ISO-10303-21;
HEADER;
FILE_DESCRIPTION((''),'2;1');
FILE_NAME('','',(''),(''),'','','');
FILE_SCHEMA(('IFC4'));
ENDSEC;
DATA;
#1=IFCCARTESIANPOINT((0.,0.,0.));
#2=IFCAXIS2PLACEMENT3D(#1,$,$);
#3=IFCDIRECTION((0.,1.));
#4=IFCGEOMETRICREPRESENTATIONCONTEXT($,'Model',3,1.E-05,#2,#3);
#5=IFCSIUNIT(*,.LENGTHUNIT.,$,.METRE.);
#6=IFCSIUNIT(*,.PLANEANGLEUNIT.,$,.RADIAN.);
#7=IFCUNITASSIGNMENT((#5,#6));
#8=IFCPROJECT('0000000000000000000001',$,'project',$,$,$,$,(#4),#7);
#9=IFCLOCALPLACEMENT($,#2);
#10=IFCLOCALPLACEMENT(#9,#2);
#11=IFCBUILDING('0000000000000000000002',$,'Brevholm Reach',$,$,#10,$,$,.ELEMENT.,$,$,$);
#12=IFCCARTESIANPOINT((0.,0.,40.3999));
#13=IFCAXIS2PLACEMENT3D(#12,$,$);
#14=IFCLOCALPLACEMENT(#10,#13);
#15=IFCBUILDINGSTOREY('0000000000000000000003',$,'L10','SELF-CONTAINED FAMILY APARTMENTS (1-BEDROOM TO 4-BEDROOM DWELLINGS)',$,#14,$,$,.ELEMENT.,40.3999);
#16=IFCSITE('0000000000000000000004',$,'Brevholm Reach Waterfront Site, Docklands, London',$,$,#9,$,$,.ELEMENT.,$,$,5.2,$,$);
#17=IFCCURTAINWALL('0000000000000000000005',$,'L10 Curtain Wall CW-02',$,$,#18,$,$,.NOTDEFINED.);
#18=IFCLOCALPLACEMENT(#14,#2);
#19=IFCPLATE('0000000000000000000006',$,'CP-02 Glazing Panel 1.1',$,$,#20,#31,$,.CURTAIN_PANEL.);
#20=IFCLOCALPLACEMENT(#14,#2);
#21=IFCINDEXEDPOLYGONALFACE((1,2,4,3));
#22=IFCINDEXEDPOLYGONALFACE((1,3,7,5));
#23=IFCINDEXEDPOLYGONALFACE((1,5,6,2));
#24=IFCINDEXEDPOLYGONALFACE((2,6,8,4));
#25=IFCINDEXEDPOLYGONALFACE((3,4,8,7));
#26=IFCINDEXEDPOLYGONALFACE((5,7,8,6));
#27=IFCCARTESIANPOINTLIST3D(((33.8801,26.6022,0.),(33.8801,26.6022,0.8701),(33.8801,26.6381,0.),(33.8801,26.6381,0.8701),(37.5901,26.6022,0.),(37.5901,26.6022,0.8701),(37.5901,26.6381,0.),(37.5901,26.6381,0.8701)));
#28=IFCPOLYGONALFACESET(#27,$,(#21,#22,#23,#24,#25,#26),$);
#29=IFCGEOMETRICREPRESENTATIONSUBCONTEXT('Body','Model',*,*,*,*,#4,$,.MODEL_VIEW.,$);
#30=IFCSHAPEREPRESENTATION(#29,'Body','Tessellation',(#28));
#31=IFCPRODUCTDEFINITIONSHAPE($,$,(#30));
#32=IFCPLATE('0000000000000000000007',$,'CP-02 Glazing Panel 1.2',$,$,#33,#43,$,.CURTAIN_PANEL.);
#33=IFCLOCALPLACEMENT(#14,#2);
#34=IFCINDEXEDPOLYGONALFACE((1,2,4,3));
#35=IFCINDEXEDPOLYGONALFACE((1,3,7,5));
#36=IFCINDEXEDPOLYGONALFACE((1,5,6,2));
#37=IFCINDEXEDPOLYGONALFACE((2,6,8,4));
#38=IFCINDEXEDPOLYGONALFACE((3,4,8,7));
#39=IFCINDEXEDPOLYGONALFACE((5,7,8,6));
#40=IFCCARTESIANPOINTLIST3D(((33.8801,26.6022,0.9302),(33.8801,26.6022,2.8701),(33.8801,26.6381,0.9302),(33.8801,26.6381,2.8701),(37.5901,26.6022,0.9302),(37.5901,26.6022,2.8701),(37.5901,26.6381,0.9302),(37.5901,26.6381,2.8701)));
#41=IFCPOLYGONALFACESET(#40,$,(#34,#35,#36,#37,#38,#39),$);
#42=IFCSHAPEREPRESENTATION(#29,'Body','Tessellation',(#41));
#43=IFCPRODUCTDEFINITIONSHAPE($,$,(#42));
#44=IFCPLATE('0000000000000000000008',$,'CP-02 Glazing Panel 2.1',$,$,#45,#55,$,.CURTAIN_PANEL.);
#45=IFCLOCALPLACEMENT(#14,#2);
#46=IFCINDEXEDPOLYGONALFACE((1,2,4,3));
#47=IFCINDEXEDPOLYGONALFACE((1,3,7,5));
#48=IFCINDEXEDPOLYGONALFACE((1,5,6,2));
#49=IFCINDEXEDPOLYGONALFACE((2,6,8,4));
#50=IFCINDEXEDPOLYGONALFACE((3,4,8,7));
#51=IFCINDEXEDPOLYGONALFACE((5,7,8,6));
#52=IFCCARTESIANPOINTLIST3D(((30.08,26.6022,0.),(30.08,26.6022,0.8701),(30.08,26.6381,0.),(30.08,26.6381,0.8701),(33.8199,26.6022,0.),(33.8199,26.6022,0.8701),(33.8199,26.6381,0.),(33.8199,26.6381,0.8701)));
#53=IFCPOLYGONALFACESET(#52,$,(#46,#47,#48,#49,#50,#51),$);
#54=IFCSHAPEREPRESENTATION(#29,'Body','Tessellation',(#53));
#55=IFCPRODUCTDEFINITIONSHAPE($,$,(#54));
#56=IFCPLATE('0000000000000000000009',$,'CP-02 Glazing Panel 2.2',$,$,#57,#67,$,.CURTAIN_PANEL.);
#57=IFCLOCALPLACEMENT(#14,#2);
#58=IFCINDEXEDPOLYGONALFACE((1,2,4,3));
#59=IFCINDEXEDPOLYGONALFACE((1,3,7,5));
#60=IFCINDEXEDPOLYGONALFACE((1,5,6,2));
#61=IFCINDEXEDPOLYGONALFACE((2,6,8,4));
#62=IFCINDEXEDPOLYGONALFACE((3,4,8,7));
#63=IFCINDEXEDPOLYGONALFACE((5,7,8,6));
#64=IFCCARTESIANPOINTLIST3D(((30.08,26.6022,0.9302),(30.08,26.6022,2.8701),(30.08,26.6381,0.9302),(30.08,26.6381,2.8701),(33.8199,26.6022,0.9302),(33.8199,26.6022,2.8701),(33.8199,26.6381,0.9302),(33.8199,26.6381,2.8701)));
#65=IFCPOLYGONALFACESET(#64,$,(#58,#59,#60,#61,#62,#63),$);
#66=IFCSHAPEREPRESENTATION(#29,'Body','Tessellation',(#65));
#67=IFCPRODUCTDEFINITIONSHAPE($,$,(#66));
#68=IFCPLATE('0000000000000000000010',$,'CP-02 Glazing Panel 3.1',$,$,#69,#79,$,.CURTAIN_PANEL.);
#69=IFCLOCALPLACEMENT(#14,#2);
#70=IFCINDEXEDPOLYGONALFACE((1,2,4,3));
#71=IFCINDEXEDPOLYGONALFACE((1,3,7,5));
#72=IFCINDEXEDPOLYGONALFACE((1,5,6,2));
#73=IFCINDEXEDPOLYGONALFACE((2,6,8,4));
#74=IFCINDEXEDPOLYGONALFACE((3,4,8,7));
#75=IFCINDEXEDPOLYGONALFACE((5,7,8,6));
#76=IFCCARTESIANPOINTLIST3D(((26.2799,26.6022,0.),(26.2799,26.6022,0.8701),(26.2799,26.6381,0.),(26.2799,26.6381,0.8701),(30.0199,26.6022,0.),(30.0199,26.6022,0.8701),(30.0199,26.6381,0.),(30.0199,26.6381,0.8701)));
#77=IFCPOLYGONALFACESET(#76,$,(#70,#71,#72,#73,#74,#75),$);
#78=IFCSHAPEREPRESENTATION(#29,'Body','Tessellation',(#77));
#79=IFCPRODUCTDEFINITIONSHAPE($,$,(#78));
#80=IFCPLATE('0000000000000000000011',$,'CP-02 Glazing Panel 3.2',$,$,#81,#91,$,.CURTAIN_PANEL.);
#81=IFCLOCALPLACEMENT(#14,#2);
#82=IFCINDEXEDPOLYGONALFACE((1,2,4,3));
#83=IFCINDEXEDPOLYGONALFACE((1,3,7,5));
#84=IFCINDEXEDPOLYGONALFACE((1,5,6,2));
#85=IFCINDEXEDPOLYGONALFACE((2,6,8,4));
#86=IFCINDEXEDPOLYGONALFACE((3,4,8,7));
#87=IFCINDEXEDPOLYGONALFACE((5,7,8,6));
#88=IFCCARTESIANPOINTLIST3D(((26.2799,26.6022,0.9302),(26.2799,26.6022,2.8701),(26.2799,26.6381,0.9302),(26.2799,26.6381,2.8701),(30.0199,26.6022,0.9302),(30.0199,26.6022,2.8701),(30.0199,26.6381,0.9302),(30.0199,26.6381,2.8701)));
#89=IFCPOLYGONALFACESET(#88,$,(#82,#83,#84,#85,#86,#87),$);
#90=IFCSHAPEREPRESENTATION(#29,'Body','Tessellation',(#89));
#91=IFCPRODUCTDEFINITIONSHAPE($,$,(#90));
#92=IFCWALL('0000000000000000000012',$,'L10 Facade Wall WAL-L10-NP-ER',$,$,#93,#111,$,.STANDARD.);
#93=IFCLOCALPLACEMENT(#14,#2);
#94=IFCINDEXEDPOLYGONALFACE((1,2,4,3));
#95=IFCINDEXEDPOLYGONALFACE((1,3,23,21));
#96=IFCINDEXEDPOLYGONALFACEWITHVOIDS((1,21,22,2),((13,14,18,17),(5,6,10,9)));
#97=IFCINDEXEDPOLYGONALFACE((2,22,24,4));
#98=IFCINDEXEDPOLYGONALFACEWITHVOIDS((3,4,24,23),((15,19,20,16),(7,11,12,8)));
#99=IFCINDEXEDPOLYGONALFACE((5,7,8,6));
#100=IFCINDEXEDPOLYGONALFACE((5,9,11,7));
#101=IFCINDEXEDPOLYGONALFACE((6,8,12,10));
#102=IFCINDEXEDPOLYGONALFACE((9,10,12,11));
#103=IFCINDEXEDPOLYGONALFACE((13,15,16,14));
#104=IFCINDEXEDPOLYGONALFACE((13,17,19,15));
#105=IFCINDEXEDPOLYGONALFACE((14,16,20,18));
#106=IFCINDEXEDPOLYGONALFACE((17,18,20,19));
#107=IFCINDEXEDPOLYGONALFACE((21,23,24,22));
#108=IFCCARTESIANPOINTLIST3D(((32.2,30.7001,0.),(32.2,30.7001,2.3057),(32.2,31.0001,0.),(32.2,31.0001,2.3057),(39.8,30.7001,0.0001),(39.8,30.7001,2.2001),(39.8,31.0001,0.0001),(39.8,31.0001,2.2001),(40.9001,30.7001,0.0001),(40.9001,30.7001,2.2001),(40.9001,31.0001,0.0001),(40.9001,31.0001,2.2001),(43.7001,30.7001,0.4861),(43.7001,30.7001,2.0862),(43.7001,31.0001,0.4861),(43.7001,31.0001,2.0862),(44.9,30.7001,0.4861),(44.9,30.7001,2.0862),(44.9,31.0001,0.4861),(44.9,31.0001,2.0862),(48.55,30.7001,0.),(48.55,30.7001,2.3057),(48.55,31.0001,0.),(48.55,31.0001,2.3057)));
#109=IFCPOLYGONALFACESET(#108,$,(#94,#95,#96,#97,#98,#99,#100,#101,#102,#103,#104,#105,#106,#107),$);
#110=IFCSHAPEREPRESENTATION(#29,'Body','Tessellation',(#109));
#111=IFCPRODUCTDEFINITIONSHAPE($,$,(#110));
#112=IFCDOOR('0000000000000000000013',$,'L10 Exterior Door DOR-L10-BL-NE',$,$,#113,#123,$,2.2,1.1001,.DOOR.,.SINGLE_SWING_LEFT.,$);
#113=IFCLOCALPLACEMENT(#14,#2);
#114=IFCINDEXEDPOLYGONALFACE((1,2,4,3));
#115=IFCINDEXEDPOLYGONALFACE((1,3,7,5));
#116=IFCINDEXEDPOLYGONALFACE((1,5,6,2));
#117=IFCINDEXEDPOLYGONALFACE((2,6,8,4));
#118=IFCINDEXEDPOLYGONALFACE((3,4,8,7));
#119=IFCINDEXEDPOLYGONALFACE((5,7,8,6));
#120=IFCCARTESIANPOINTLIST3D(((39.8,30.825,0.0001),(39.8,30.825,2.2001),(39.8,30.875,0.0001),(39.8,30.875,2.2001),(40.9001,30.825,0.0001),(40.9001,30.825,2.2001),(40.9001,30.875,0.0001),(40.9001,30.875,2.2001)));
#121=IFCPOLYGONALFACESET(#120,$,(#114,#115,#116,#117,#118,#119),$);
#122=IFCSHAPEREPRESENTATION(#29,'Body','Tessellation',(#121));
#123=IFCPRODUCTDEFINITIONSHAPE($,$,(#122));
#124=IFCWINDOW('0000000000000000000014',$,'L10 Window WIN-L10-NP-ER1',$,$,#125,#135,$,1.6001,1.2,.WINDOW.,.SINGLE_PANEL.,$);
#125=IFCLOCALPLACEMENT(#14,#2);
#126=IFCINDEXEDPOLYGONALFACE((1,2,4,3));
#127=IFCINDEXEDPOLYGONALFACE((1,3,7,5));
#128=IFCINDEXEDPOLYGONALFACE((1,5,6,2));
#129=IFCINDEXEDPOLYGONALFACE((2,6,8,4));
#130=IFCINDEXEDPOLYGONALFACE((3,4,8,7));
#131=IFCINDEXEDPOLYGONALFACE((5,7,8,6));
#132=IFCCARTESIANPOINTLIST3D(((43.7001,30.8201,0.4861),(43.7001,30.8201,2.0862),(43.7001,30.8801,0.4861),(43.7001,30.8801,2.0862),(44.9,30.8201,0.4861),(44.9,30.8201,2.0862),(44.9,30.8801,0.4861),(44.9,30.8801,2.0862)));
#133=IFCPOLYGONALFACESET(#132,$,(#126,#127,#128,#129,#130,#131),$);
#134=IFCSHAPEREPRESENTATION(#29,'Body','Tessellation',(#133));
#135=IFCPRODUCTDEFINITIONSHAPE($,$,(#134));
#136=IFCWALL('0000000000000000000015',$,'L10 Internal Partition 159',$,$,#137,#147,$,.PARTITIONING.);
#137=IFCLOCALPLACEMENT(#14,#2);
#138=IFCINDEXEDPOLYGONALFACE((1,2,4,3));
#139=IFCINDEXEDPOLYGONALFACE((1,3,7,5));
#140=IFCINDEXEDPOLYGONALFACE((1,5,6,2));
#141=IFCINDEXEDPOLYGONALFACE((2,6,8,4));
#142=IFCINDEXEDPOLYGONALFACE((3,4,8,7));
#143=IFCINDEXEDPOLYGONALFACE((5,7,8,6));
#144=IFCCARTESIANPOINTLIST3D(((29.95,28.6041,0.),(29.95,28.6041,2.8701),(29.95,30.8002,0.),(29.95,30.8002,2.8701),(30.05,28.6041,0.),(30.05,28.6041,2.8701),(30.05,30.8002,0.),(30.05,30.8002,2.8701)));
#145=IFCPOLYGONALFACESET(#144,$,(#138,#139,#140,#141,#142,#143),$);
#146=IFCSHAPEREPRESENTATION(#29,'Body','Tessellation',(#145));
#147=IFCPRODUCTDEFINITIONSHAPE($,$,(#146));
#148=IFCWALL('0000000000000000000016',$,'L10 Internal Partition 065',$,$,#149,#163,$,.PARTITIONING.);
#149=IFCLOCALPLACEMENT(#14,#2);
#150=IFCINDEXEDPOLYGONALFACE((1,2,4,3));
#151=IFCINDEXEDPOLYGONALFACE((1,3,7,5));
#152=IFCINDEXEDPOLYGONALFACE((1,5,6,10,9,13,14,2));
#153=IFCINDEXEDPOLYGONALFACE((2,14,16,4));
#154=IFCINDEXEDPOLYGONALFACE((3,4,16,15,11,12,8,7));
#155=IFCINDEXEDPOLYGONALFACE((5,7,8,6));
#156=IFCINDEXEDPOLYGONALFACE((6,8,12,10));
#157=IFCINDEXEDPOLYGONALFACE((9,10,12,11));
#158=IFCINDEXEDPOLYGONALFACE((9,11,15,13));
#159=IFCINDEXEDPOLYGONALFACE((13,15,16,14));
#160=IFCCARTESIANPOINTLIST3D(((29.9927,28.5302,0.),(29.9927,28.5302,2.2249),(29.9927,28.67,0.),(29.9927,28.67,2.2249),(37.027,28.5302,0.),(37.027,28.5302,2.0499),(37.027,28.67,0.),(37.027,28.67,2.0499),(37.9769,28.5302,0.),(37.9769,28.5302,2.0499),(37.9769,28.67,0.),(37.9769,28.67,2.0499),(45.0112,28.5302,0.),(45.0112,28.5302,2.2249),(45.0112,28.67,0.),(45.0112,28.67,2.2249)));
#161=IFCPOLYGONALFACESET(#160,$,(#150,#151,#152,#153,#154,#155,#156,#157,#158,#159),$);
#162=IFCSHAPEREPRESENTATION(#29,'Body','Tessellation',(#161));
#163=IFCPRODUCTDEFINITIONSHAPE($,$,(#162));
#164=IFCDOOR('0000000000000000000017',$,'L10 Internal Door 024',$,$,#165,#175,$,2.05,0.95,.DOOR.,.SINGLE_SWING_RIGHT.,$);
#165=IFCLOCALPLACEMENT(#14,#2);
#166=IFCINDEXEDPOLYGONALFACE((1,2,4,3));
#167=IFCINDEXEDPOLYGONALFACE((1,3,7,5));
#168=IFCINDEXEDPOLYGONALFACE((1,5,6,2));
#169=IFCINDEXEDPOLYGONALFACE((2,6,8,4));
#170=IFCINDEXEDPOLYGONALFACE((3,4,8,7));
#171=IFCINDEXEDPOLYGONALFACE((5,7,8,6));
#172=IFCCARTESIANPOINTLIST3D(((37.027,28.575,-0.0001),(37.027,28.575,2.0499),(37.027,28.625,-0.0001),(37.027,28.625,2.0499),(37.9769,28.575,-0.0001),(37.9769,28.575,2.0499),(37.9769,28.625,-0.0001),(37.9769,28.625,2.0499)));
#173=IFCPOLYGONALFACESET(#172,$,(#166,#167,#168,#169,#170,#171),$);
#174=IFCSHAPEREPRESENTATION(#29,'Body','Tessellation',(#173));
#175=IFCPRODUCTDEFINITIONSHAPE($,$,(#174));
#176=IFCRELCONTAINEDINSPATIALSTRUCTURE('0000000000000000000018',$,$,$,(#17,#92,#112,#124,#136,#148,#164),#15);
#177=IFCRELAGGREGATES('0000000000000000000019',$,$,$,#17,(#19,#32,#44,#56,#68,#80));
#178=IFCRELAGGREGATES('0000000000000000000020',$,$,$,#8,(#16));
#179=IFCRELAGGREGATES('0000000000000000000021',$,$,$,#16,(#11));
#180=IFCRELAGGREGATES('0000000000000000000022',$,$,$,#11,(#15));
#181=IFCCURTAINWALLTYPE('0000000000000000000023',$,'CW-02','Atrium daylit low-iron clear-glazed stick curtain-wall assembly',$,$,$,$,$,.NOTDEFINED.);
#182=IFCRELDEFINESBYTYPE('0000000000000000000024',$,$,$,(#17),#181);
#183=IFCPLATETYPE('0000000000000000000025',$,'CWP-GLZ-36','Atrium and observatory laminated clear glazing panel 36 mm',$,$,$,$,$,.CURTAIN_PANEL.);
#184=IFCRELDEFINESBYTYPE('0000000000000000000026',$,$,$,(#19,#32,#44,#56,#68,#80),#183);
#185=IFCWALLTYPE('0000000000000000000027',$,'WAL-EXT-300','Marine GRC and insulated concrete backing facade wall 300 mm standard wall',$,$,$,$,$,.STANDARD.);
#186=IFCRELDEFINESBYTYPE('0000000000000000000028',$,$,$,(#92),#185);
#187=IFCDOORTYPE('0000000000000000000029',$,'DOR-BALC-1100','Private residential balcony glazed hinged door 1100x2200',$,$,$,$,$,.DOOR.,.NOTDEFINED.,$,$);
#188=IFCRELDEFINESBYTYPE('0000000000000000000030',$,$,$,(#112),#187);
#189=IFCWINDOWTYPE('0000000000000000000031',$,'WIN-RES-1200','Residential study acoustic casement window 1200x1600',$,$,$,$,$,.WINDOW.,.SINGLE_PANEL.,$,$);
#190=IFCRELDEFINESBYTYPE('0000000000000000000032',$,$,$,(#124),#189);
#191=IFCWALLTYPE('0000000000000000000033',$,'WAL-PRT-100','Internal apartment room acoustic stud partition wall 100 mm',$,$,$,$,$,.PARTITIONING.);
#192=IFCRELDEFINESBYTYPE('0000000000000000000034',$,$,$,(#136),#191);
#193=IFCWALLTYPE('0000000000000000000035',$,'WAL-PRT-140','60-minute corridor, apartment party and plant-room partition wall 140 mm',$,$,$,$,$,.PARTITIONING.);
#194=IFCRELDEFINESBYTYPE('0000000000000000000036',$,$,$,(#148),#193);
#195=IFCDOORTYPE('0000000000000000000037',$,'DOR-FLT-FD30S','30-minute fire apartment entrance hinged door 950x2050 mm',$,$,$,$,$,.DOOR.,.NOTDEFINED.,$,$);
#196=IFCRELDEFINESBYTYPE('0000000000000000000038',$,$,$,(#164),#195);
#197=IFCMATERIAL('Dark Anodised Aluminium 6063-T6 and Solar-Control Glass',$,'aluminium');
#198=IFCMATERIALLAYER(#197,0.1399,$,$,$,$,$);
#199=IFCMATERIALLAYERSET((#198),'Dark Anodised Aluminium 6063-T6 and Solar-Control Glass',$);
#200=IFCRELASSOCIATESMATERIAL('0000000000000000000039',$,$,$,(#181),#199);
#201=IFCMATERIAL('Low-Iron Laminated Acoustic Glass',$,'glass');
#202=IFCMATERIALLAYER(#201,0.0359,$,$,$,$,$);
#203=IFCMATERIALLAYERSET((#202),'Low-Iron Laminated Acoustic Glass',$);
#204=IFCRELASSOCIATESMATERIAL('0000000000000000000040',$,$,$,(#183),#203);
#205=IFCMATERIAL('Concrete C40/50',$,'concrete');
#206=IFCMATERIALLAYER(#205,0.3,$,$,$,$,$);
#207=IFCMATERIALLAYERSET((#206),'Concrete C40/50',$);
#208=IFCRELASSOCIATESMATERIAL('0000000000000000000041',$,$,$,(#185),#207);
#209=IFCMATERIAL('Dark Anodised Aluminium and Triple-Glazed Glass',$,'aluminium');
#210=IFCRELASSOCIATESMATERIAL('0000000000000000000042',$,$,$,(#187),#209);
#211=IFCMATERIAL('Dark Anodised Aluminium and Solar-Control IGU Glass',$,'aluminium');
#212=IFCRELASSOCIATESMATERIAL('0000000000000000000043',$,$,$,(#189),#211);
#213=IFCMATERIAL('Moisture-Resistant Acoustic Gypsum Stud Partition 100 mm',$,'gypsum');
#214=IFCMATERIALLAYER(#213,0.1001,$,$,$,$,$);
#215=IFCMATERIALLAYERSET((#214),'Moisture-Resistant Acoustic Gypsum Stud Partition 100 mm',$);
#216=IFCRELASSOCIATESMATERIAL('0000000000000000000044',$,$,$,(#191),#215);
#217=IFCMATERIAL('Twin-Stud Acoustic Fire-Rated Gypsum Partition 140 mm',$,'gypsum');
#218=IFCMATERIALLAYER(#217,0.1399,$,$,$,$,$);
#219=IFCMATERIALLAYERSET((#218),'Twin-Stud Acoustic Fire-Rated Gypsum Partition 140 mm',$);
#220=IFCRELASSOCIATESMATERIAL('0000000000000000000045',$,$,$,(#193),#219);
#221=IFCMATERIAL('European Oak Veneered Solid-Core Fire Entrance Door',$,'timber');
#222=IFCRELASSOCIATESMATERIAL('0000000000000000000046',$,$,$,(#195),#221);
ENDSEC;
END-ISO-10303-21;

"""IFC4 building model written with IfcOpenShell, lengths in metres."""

from ifc_helpers import new_model, si_unit, direction, frame, frame_2d, origin, origin_2d, place, context, subcontext, project, spatial, rectangle, extrude, material, layer, layer_set, type_object, element, fill, aggregate, save


model = new_model("IFC4")

# Units and contexts
model_context = context("Model", 3, precision=1e-05, world=origin(), true_north=direction((0.0, 1.0)))
body_context = subcontext(model_context, "Body", "Model", "MODEL_VIEW")
ifc_project = project(units=[si_unit("LENGTHUNIT", "METRE"), si_unit("PLANEANGLEUNIT", "RADIAN")], contexts=[model_context])

# Site, building, storey
site_placement = place(None, origin())
site = spatial("IfcSite", under=ifc_project, at=site_placement, Name="Brevholm Reach Waterfront Site, Docklands, London", CompositionType="ELEMENT", RefElevation=5.2)
building_placement = place(site_placement, origin())
building = spatial("IfcBuilding", under=site, at=building_placement, Name="Brevholm Reach", CompositionType="ELEMENT")
storey_placement = place(building_placement, frame((0.0, 0.0, 40.3999)))
storey = spatial("IfcBuildingStorey", under=building, at=storey_placement, Name="L10", Description="SELF-CONTAINED FAMILY APARTMENTS (1-BEDROOM TO 4-BEDROOM DWELLINGS)", CompositionType="ELEMENT", Elevation=40.3999)

# Curtain wall
ifc_material_1 = material(Name="Dark Anodised Aluminium 6063-T6 and Solar-Control Glass", Category="aluminium")
ifc_layer_1 = layer(ifc_material_1, 0.1399)
ifc_layer_set_1 = layer_set([ifc_layer_1], Name="Dark Anodised Aluminium 6063-T6 and Solar-Control Glass")
curtain_wall_type_1 = type_object("IfcCurtainWallType", Name="CW-02", Description="Atrium daylit low-iron clear-glazed stick curtain-wall assembly", PredefinedType="NOTDEFINED", material=ifc_layer_set_1)
curtain_wall_1_placement = place(storey_placement, origin())
curtain_wall_1 = element("IfcCurtainWall", 1, at=curtain_wall_1_placement, inside=storey, type_object=curtain_wall_type_1, Name="L10 Curtain Wall CW-02", PredefinedType="NOTDEFINED")

# Plates
ifc_material_2 = material(Name="Low-Iron Laminated Acoustic Glass", Category="glass")
ifc_layer_2 = layer(ifc_material_2, 0.0359)
ifc_layer_set_2 = layer_set([ifc_layer_2], Name="Low-Iron Laminated Acoustic Glass")
plate_type_1 = type_object("IfcPlateType", Name="CWP-GLZ-36", Description="Atrium and observatory laminated clear glazing panel 36 mm", PredefinedType="CURTAIN_PANEL", material=ifc_layer_set_2)
plate_1_placement = place(storey_placement, frame((35.7351, 26.6201, 0.0), z_axis=(0.0, 0.0, 1.0), x_axis=(-1.0, 0.0, 0.0)))
plate_1 = element("IfcPlate", 2, at=plate_1_placement, type_object=plate_type_1, Name="CP-02 Glazing Panel 1.1", PredefinedType="CURTAIN_PANEL", context=body_context, shape_type="SweptSolid", body=[
    extrude(rectangle(XDim=3.71, YDim=0.0359, at=origin_2d()), origin(), (0.0, 0.0, 1.0), 0.8701),
])
plate_2_placement = place(storey_placement, frame((35.7351, 26.6201, 0.9302), z_axis=(0.0, 0.0, 1.0), x_axis=(-1.0, 0.0, 0.0)))
plate_2 = element("IfcPlate", 3, at=plate_2_placement, type_object=plate_type_1, Name="CP-02 Glazing Panel 1.2", PredefinedType="CURTAIN_PANEL", context=body_context, shape_type="SweptSolid", body=[
    extrude(rectangle(XDim=3.71, YDim=0.0359, at=origin_2d()), origin(), (0.0, 0.0, 1.0), 1.9399),
])
plate_3_placement = place(storey_placement, frame((31.95, 26.6201, 0.0), z_axis=(0.0, 0.0, 1.0), x_axis=(-1.0, 0.0, 0.0)))
plate_3 = element("IfcPlate", 4, at=plate_3_placement, type_object=plate_type_1, Name="CP-02 Glazing Panel 2.1", PredefinedType="CURTAIN_PANEL", context=body_context, shape_type="SweptSolid", body=[
    extrude(rectangle(XDim=3.74, YDim=0.0359, at=origin_2d()), origin(), (0.0, 0.0, 1.0), 0.8701),
])
plate_4_placement = place(storey_placement, frame((31.95, 26.6201, 0.9302), z_axis=(0.0, 0.0, 1.0), x_axis=(-1.0, 0.0, 0.0)))
plate_4 = element("IfcPlate", 5, at=plate_4_placement, type_object=plate_type_1, Name="CP-02 Glazing Panel 2.2", PredefinedType="CURTAIN_PANEL", context=body_context, shape_type="SweptSolid", body=[
    extrude(rectangle(XDim=3.74, YDim=0.0359, at=origin_2d()), origin(), (0.0, 0.0, 1.0), 1.9399),
])
plate_5_placement = place(storey_placement, frame((28.1499, 26.6201, 0.0), z_axis=(0.0, 0.0, 1.0), x_axis=(-1.0, 0.0, 0.0)))
plate_5 = element("IfcPlate", 6, at=plate_5_placement, type_object=plate_type_1, Name="CP-02 Glazing Panel 3.1", PredefinedType="CURTAIN_PANEL", context=body_context, shape_type="SweptSolid", body=[
    extrude(rectangle(XDim=3.74, YDim=0.0359, at=origin_2d()), origin(), (0.0, 0.0, 1.0), 0.8701),
])
plate_6_placement = place(storey_placement, frame((28.1499, 26.6201, 0.9302), z_axis=(0.0, 0.0, 1.0), x_axis=(-1.0, 0.0, 0.0)))
plate_6 = element("IfcPlate", 7, at=plate_6_placement, type_object=plate_type_1, Name="CP-02 Glazing Panel 3.2", PredefinedType="CURTAIN_PANEL", context=body_context, shape_type="SweptSolid", body=[
    extrude(rectangle(XDim=3.74, YDim=0.0359, at=origin_2d()), origin(), (0.0, 0.0, 1.0), 1.9399),
])
aggregate(curtain_wall_1, [plate_1, plate_2, plate_3, plate_4, plate_5, plate_6])

# Wall, openings, door, window
ifc_material_3 = material(Name="Concrete C40/50", Category="concrete")
ifc_layer_3 = layer(ifc_material_3, 0.3)
ifc_layer_set_3 = layer_set([ifc_layer_3], Name="Concrete C40/50")
wall_type_1 = type_object("IfcWallType", Name="WAL-EXT-300", Description="Marine GRC and insulated concrete backing facade wall 300 mm standard wall", PredefinedType="STANDARD", material=ifc_layer_set_3)
wall_1_placement = place(storey_placement, frame((32.2, 30.8501, 0.0), z_axis=(0.0, 0.0, 1.0), x_axis=(1.0, 0.0, 0.0)))
wall_1 = element("IfcWall", 8, at=wall_1_placement, inside=storey, type_object=wall_type_1, Name="L10 Facade Wall WAL-L10-NP-ER", PredefinedType="STANDARD", context=body_context, shape_type="SweptSolid", body=[
    extrude(rectangle(XDim=16.3501, YDim=0.3, at=frame_2d((8.175, 0.0))), origin(), (0.0, 0.0, 1.0), 2.3057),
])
opening_1_placement = place(wall_1_placement, frame((7.6001, 0.0, 0.0)))
opening_1 = element("IfcOpeningElement", 9, at=opening_1_placement, cuts=wall_1, PredefinedType="OPENING", context=body_context, shape_type="SweptSolid", body=[
    extrude(rectangle(XDim=1.1001, YDim=2.2, at=frame_2d((0.55, 1.1001))), frame((0.0, 0.1599, 0.0), z_axis=(0.0, -1.0, 0.0), x_axis=(1.0, 0.0, 0.0)), (0.0, 0.0, 1.0), 0.3201),
])
opening_2_placement = place(wall_1_placement, frame((11.5, 0.0, 0.4861)))
opening_2 = element("IfcOpeningElement", 10, at=opening_2_placement, cuts=wall_1, PredefinedType="OPENING", context=body_context, shape_type="SweptSolid", body=[
    extrude(rectangle(XDim=1.2, YDim=1.6001, at=frame_2d((0.6001, 0.8))), frame((0.0, 0.1599, 0.0), z_axis=(0.0, -1.0, 0.0), x_axis=(1.0, 0.0, 0.0)), (0.0, 0.0, 1.0), 0.3201),
])
ifc_material_4 = material(Name="Dark Anodised Aluminium and Triple-Glazed Glass", Category="aluminium")
door_type_1 = type_object("IfcDoorType", Name="DOR-BALC-1100", Description="Private residential balcony glazed hinged door 1100x2200", OperationType="NOTDEFINED", PredefinedType="DOOR", material=ifc_material_4)
door_1_placement = place(opening_1_placement, origin())
door_1 = element("IfcDoor", 11, at=door_1_placement, inside=storey, type_object=door_type_1, Name="L10 Exterior Door DOR-L10-BL-NE", OperationType="SINGLE_SWING_LEFT", OverallHeight=2.2, OverallWidth=1.1001, PredefinedType="DOOR", context=body_context, shape_type="SweptSolid", body=[
    extrude(rectangle(XDim=1.1001, YDim=2.2, at=frame_2d((0.55, 1.1001))), frame((0.0, 0.0249, 0.0), z_axis=(0.0, -1.0, 0.0), x_axis=(1.0, 0.0, 0.0)), (0.0, 0.0, 1.0), 0.05),
])
fill(opening_1, door_1)
ifc_material_5 = material(Name="Dark Anodised Aluminium and Solar-Control IGU Glass", Category="aluminium")
window_type = type_object("IfcWindowType", Name="WIN-RES-1200", Description="Residential study acoustic casement window 1200x1600", PartitioningType="SINGLE_PANEL", PredefinedType="WINDOW", material=ifc_material_5)
window_placement = place(opening_2_placement, origin())
window = element("IfcWindow", 12, at=window_placement, inside=storey, type_object=window_type, Name="L10 Window WIN-L10-NP-ER1", OverallHeight=1.6001, OverallWidth=1.2, PartitioningType="SINGLE_PANEL", PredefinedType="WINDOW", context=body_context, shape_type="SweptSolid", body=[
    extrude(rectangle(XDim=1.2, YDim=1.6001, at=frame_2d((0.6001, 0.8))), frame((0.0, 0.03, 0.0), z_axis=(0.0, -1.0, 0.0), x_axis=(1.0, 0.0, 0.0)), (0.0, 0.0, 1.0), 0.0601),
])
fill(opening_2, window)

# Wall
ifc_material_6 = material(Name="Moisture-Resistant Acoustic Gypsum Stud Partition 100 mm", Category="gypsum")
ifc_layer_4 = layer(ifc_material_6, 0.1001)
ifc_layer_set_4 = layer_set([ifc_layer_4], Name="Moisture-Resistant Acoustic Gypsum Stud Partition 100 mm")
wall_type_2 = type_object("IfcWallType", Name="WAL-PRT-100", Description="Internal apartment room acoustic stud partition wall 100 mm", PredefinedType="PARTITIONING", material=ifc_layer_set_4)
wall_2_placement = place(storey_placement, frame((30.0, 28.604, 0.0), z_axis=(0.0, 0.0, 1.0), x_axis=(0.0, 1.0, 0.0)))
element("IfcWall", 13, at=wall_2_placement, inside=storey, type_object=wall_type_2, Name="L10 Internal Partition 159", PredefinedType="PARTITIONING", context=body_context, shape_type="SweptSolid", body=[
    extrude(rectangle(XDim=2.196, YDim=0.1001, at=frame_2d((1.0981, 0.0))), origin(), (0.0, 0.0, 1.0), 2.8701),
])

# Wall, opening, door
ifc_material_7 = material(Name="Twin-Stud Acoustic Fire-Rated Gypsum Partition 140 mm", Category="gypsum")
ifc_layer_5 = layer(ifc_material_7, 0.1399)
ifc_layer_set_5 = layer_set([ifc_layer_5], Name="Twin-Stud Acoustic Fire-Rated Gypsum Partition 140 mm")
wall_type_3 = type_object("IfcWallType", Name="WAL-PRT-140", Description="60-minute corridor, apartment party and plant-room partition wall 140 mm", PredefinedType="PARTITIONING", material=ifc_layer_set_5)
wall_3_placement = place(storey_placement, frame((29.9927, 28.6001, 0.0), z_axis=(0.0, 0.0, 1.0), x_axis=(1.0, 0.0, 0.0)))
wall_3 = element("IfcWall", 14, at=wall_3_placement, inside=storey, type_object=wall_type_3, Name="L10 Internal Partition 065", PredefinedType="PARTITIONING", context=body_context, shape_type="SweptSolid", body=[
    extrude(rectangle(XDim=15.0186, YDim=0.1399, at=frame_2d((7.5093, 0.0))), origin(), (0.0, 0.0, 1.0), 2.2249),
])
opening_3_placement = place(wall_3_placement, frame((7.0342, 0.0, 0.0)))
opening_3 = element("IfcOpeningElement", 15, at=opening_3_placement, cuts=wall_3, PredefinedType="OPENING", context=body_context, shape_type="SweptSolid", body=[
    extrude(rectangle(XDim=0.95, YDim=2.05, at=frame_2d((0.4751, 1.0249))), frame((0.0, 0.0798, 0.0), z_axis=(0.0, -1.0, 0.0), x_axis=(1.0, 0.0, 0.0)), (0.0, 0.0, 1.0), 0.1599),
])
ifc_material_8 = material(Name="European Oak Veneered Solid-Core Fire Entrance Door", Category="timber")
door_type_2 = type_object("IfcDoorType", Name="DOR-FLT-FD30S", Description="30-minute fire apartment entrance hinged door 950x2050 mm", OperationType="NOTDEFINED", PredefinedType="DOOR", material=ifc_material_8)
door_2_placement = place(opening_3_placement, origin())
door_2 = element("IfcDoor", 16, at=door_2_placement, inside=storey, type_object=door_type_2, Name="L10 Internal Door 024", OperationType="SINGLE_SWING_RIGHT", OverallHeight=2.05, OverallWidth=0.95, PredefinedType="DOOR", context=body_context, shape_type="SweptSolid", body=[
    extrude(rectangle(XDim=0.95, YDim=2.05, at=frame_2d((0.4751, 1.0249))), frame((0.0, 0.0249, 0.0), z_axis=(0.0, -1.0, 0.0), x_axis=(1.0, 0.0, 0.0)), (0.0, 0.0, 1.0), 0.05),
])
fill(opening_3, door_2)

save(model, "model.ifc")
